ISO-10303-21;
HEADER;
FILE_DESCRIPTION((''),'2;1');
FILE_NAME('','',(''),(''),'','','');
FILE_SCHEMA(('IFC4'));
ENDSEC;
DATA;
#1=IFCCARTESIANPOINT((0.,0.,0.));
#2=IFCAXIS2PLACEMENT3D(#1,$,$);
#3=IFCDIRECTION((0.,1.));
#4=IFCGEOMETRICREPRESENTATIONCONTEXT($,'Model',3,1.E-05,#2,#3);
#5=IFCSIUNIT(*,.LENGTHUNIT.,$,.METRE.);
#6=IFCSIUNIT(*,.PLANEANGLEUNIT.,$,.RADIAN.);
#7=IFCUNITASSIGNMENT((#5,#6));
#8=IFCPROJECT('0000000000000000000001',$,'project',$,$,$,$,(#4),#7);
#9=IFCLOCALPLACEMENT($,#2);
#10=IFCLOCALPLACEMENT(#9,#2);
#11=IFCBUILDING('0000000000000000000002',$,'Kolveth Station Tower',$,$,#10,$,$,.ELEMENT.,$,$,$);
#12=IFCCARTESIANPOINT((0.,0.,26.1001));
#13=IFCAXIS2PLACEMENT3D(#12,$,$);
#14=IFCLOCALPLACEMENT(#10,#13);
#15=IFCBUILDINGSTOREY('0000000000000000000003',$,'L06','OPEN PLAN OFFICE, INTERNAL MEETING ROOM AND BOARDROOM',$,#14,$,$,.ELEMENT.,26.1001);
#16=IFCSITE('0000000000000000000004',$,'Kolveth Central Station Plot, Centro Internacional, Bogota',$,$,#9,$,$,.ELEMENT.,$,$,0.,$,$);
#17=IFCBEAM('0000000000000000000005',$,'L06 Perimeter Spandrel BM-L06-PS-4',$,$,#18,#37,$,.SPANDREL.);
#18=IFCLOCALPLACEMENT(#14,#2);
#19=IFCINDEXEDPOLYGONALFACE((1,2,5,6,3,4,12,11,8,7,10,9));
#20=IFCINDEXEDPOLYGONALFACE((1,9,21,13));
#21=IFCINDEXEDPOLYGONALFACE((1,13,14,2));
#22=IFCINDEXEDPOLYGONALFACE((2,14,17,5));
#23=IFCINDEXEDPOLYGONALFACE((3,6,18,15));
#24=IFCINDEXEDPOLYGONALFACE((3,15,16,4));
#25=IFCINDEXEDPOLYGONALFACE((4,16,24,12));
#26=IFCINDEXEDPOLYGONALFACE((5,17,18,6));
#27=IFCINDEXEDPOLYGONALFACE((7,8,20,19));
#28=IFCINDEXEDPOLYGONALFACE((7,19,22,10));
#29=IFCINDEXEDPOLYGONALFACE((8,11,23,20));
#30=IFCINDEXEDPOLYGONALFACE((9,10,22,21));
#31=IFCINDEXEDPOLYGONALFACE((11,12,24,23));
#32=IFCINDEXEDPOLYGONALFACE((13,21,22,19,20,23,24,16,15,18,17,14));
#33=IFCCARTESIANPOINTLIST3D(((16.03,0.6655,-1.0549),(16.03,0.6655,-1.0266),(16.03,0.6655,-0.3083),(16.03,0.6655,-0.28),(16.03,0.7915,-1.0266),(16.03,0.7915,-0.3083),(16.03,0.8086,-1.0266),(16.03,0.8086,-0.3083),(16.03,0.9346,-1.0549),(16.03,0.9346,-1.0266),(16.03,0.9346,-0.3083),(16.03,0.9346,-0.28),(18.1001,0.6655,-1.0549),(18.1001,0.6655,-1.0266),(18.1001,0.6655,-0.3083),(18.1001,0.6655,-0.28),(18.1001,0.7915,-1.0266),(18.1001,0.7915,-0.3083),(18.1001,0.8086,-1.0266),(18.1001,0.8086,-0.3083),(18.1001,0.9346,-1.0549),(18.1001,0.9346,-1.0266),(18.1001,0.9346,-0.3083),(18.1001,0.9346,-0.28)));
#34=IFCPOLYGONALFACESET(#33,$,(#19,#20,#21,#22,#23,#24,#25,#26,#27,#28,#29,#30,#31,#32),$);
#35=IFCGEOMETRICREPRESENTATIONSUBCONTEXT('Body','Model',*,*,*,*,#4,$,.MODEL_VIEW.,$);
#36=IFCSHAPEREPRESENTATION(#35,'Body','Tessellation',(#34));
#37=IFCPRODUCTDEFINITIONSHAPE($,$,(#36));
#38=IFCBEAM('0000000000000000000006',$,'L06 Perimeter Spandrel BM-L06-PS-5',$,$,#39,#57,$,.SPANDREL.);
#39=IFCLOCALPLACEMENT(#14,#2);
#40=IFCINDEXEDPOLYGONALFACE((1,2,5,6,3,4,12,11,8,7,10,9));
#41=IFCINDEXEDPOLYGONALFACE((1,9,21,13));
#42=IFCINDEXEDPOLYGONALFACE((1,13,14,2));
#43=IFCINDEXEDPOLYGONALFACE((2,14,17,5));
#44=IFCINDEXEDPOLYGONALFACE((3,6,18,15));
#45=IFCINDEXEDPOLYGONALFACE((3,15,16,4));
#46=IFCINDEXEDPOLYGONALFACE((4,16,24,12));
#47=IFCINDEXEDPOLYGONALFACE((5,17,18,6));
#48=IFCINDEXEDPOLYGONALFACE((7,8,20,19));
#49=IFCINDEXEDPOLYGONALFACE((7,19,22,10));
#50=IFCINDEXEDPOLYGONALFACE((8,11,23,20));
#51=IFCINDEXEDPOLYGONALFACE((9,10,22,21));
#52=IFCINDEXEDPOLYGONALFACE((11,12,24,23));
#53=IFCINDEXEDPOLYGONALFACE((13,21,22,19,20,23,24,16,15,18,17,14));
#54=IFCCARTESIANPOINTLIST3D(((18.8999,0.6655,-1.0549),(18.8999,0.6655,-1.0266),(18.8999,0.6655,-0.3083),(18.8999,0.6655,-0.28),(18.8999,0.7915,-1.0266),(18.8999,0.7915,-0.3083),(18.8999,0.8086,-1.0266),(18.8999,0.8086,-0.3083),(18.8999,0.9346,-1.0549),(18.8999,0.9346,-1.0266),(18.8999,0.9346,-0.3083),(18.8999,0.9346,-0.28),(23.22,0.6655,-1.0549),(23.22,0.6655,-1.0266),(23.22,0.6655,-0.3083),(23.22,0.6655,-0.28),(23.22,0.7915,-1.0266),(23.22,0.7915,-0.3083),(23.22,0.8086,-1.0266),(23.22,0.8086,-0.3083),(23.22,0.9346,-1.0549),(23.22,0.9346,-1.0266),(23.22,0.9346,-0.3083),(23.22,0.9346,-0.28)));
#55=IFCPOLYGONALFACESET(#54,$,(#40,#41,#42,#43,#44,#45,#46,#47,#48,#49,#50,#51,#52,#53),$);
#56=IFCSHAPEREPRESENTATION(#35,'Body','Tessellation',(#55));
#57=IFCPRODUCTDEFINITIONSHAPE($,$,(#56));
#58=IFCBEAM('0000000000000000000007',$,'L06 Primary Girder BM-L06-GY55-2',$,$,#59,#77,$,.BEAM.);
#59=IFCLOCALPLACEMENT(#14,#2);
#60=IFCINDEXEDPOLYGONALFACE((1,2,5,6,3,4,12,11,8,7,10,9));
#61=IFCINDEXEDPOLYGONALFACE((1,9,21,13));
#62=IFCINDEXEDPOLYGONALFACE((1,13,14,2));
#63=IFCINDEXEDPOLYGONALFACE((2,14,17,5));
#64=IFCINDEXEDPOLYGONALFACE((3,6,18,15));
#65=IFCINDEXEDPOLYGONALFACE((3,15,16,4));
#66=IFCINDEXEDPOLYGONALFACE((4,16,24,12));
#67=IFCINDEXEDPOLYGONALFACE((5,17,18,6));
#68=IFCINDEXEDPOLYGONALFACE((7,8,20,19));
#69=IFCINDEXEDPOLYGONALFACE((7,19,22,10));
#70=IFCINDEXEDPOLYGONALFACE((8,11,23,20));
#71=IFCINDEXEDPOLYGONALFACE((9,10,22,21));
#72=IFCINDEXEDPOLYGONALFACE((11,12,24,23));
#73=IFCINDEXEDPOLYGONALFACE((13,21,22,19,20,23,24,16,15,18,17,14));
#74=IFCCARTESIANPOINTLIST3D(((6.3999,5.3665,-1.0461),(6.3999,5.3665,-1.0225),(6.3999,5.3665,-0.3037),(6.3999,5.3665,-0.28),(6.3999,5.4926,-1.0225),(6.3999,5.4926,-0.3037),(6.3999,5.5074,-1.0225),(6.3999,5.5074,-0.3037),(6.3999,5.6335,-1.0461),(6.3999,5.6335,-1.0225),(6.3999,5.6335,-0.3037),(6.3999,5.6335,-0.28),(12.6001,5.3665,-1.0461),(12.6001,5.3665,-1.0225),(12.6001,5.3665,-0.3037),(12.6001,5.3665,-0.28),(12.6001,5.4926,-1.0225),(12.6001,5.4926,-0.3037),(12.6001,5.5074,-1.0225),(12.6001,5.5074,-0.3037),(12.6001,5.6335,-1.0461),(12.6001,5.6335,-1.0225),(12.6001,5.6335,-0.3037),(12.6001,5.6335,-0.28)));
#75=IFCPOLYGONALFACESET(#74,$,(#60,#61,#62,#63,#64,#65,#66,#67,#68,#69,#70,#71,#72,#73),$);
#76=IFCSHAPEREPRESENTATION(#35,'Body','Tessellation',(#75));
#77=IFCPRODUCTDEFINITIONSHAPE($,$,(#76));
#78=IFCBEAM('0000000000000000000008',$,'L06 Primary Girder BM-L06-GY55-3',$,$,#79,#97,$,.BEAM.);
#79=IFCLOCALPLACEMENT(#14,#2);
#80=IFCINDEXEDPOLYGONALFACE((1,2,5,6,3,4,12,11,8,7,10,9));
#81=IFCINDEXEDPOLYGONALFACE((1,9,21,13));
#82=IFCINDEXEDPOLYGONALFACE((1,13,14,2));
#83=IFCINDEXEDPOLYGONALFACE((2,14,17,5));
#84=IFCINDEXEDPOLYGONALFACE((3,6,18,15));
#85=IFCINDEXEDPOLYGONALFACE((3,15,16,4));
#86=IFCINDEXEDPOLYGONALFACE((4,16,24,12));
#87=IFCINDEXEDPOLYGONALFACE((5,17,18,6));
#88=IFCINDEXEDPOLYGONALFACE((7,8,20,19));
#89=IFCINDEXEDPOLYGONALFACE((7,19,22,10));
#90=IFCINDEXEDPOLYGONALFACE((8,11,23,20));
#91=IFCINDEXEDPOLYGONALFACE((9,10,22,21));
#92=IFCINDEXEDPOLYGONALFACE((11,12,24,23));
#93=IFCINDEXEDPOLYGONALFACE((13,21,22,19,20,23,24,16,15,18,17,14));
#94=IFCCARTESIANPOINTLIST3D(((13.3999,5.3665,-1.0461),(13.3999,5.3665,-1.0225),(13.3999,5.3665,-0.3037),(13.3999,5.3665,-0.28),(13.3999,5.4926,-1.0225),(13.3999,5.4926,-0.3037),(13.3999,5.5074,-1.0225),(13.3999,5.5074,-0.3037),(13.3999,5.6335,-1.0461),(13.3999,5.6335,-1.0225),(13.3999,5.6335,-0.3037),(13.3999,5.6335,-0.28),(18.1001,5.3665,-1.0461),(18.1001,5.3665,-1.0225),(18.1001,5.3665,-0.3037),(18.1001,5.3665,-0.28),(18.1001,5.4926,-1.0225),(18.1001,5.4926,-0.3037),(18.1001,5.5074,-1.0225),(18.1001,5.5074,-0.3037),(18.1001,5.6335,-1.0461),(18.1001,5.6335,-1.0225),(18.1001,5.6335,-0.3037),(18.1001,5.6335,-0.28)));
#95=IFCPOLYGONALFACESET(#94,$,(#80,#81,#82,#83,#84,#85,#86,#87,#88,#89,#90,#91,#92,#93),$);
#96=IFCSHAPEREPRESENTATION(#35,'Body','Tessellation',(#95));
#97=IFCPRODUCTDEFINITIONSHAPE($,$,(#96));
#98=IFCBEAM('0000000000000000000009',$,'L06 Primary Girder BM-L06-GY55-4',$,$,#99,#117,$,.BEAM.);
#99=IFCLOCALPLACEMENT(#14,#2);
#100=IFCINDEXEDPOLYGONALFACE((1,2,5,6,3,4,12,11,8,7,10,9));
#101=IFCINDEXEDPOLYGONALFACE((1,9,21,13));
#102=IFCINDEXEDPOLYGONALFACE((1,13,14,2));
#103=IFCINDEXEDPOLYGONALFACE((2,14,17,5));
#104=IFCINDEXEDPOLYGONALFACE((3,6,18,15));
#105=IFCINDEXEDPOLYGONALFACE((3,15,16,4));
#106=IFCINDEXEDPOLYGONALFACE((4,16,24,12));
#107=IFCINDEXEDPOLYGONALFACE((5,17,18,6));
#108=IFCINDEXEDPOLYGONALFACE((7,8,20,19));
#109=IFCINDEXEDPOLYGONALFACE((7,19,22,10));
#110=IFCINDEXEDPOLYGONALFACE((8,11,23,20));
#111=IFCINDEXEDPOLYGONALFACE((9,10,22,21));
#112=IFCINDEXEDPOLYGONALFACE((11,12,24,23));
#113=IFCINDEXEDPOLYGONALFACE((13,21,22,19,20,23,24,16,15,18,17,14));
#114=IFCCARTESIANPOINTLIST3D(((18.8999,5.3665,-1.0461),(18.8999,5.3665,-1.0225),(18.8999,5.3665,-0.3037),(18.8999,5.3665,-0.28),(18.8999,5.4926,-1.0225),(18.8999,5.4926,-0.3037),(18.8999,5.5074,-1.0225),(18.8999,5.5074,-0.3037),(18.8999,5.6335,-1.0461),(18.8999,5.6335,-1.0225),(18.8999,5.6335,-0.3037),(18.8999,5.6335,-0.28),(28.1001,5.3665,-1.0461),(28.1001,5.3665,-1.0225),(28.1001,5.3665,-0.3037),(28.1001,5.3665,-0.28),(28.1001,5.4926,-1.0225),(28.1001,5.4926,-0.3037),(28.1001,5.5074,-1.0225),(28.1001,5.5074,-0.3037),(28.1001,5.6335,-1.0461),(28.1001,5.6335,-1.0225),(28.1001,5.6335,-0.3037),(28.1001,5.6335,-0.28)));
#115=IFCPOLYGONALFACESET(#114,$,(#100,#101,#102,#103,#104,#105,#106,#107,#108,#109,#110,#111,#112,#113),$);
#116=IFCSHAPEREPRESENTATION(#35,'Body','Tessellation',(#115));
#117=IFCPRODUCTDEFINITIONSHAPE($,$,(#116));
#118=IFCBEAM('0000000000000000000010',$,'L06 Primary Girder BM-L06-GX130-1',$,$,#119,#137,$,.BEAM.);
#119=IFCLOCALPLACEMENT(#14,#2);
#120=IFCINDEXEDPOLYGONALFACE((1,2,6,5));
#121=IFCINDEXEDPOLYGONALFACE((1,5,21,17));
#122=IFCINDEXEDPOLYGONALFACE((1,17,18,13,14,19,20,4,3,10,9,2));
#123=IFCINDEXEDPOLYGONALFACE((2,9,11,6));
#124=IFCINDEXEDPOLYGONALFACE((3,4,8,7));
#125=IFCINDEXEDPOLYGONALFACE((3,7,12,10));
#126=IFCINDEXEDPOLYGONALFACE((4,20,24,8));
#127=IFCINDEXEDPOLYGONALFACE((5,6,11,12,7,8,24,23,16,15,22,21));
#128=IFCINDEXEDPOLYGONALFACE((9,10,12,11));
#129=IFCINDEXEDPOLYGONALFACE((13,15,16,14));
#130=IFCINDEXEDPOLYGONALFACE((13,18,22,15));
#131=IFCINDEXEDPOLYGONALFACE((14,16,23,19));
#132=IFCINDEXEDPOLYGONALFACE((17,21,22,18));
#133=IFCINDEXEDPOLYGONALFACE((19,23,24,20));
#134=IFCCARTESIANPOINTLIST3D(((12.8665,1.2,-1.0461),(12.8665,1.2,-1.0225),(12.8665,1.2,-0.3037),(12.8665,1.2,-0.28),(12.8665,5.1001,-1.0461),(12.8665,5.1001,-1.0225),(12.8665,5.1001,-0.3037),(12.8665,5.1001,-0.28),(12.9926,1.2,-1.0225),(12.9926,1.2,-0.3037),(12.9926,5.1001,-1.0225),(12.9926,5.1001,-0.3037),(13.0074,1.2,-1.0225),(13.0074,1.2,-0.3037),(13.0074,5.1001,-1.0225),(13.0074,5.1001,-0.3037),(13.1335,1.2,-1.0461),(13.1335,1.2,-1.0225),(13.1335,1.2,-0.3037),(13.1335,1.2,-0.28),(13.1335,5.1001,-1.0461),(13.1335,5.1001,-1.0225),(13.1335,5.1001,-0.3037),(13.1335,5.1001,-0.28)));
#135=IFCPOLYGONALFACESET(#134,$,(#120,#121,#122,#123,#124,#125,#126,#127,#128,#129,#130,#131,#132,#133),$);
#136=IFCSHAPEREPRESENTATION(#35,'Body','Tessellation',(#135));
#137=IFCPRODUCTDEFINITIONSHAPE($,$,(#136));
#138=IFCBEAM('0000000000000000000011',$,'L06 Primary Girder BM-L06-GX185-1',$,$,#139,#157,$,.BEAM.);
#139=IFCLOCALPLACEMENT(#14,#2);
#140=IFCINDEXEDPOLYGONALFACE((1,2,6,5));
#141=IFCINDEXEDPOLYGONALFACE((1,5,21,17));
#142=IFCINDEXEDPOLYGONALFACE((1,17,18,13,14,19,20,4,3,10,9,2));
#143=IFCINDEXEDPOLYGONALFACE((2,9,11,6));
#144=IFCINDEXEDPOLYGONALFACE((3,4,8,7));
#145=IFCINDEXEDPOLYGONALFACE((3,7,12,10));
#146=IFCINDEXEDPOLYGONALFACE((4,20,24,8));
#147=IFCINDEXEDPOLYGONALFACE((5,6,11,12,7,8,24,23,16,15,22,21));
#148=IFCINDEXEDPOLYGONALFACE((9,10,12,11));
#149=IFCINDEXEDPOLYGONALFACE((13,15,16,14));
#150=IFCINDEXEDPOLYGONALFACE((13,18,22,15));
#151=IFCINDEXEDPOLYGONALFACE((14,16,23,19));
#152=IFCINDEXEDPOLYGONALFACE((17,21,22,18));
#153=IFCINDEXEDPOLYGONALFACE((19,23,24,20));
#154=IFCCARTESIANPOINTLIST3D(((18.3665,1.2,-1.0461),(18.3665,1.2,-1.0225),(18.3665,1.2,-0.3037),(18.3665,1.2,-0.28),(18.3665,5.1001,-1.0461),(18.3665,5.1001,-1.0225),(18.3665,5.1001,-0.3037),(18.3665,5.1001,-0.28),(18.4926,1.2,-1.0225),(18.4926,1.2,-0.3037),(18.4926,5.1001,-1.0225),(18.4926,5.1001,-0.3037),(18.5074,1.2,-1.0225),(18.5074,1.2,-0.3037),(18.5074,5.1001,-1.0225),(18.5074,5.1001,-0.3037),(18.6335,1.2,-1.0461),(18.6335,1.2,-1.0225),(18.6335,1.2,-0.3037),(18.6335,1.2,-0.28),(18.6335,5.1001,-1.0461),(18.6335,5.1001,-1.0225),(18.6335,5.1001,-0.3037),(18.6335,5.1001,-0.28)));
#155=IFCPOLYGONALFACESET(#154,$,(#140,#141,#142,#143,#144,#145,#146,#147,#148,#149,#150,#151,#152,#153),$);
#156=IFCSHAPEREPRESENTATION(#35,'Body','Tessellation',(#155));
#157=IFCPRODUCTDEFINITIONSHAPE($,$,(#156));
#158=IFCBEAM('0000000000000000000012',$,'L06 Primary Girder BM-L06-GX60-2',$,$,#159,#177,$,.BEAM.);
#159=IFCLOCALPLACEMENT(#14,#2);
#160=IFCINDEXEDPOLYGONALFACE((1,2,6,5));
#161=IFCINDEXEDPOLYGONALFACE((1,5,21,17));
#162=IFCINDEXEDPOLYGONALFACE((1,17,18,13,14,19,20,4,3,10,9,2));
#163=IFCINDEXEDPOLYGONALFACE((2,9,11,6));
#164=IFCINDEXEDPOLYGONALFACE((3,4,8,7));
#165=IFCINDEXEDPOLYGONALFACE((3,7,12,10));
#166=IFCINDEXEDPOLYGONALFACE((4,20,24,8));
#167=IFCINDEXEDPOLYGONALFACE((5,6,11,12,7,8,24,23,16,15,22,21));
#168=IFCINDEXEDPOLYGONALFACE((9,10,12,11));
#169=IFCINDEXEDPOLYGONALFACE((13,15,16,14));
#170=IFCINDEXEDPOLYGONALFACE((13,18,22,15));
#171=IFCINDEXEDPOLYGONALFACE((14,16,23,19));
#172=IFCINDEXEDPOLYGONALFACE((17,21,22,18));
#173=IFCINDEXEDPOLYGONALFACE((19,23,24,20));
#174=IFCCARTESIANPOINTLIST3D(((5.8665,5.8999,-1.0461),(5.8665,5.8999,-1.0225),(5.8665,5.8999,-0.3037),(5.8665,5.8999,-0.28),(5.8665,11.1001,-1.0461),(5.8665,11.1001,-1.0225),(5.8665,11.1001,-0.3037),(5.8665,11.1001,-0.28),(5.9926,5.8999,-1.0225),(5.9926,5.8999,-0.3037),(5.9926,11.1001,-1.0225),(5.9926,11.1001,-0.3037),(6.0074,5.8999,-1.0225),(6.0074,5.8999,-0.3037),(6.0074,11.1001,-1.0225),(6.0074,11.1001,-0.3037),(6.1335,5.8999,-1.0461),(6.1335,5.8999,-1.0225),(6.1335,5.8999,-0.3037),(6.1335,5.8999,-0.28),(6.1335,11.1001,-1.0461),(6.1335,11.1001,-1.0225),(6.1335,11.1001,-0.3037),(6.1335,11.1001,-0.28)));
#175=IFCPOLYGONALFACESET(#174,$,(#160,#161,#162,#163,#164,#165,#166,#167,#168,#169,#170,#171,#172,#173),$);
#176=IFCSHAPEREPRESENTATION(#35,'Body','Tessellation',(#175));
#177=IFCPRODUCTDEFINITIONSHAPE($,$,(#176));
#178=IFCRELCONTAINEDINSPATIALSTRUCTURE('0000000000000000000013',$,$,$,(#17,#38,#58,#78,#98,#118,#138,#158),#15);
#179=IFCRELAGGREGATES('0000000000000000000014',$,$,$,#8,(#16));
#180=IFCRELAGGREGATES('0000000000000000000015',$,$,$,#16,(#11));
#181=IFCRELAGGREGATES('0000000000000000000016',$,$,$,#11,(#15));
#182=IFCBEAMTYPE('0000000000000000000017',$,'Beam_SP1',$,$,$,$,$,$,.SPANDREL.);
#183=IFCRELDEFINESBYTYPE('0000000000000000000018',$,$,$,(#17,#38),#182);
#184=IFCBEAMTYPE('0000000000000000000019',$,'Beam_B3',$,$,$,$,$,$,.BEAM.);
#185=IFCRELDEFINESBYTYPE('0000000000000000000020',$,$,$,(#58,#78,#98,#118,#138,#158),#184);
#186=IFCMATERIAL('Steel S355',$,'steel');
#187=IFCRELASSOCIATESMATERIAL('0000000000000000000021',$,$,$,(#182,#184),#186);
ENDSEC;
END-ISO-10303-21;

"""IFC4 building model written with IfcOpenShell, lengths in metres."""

from ifc_helpers import new_model, si_unit, direction, frame, origin, origin_2d, place, context, subcontext, project, spatial, i_section, extrude, source, transform, mapped, material, material_profile, profile_set, type_object, element, save


model = new_model("IFC4")

# Units and contexts
model_context = context("Model", 3, precision=1e-05, world=origin(), true_north=direction((0.0, 1.0)))
body_context = subcontext(model_context, "Body", "Model", "MODEL_VIEW")
ifc_project = project(units=[si_unit("LENGTHUNIT", "METRE"), si_unit("PLANEANGLEUNIT", "RADIAN")], contexts=[model_context])

# Site, building, storey
site_placement = place(None, origin())
site = spatial("IfcSite", under=ifc_project, at=site_placement, Name="Kolveth Central Station Plot, Centro Internacional, Bogota", CompositionType="ELEMENT", RefElevation=0.0)
building_placement = place(site_placement, origin())
building = spatial("IfcBuilding", under=site, at=building_placement, Name="Kolveth Station Tower", CompositionType="ELEMENT")
storey_placement = place(building_placement, frame((0.0, 0.0, 26.1001)))
storey = spatial("IfcBuildingStorey", under=building, at=storey_placement, Name="L06", Description="OPEN PLAN OFFICE, INTERNAL MEETING ROOM AND BOARDROOM", CompositionType="ELEMENT", Elevation=26.1001)

# Shared definitions
ifc_material_1 = material(Name="Steel S355", Category="steel")

# Beams
ifc_material_profile_1 = material_profile(ifc_material_1, i_section(OverallWidth=0.269, OverallDepth=0.7749, WebThickness=0.0171, FlangeThickness=0.0283, at=origin_2d()), Name="W760x220")
ifc_profile_set_1 = profile_set([ifc_material_profile_1], Name="Steel S355")
beam_type_1 = type_object("IfcBeamType", Name="Beam_SP1", PredefinedType="SPANDREL", material=ifc_profile_set_1)
shared_shape_1 = source(origin(), body_context, "Body", "SweptSolid", [
    extrude(i_section(OverallWidth=0.269, OverallDepth=0.7749, WebThickness=0.0171, FlangeThickness=0.0283, at=origin_2d()), origin(), (0.0, 0.0, 1.0), 2.0701),
])
for number, where, z_axis, x_axis, name in (
    (1, (16.03, 0.8, -0.6675), (1.0, 0.0, 0.0), (0.0, 1.0, 0.0), "L06 Perimeter Spandrel BM-L06-PS-4"),
):
    element("IfcBeam", number, at=place(storey_placement, frame(where, z_axis=z_axis, x_axis=x_axis)), inside=storey, type_object=beam_type_1, Name=name, PredefinedType="SPANDREL", context=body_context, shape_type="MappedRepresentation", body=[
        mapped(shared_shape_1, transform((0.0, 0.0, 0.0), x_axis=(1.0, 0.0, 0.0), y_axis=(0.0, 1.0, 0.0), z_axis=(0.0, 0.0, 1.0), scale=1.0)),
    ])
shared_shape_2 = source(origin(), body_context, "Body", "SweptSolid", [
    extrude(i_section(OverallWidth=0.269, OverallDepth=0.7749, WebThickness=0.0171, FlangeThickness=0.0283, at=origin_2d()), origin(), (0.0, 0.0, 1.0), 4.3201),
])
beam_1_placement = place(storey_placement, frame((18.8999, 0.8, -0.6675), z_axis=(1.0, 0.0, 0.0), x_axis=(0.0, 1.0, 0.0)))
element("IfcBeam", 2, at=beam_1_placement, inside=storey, type_object=beam_type_1, Name="L06 Perimeter Spandrel BM-L06-PS-5", PredefinedType="SPANDREL", context=body_context, shape_type="MappedRepresentation", body=[
    mapped(shared_shape_2, transform((0.0, 0.0, 0.0), x_axis=(1.0, 0.0, 0.0), y_axis=(0.0, 1.0, 0.0), z_axis=(0.0, 0.0, 1.0), scale=1.0)),
])
ifc_material_profile_2 = material_profile(ifc_material_1, i_section(OverallWidth=0.2671, OverallDepth=0.7661, WebThickness=0.0149, FlangeThickness=0.0237, at=origin_2d()), Name="W760x185")
ifc_profile_set_2 = profile_set([ifc_material_profile_2], Name="Steel S355")
beam_type_2 = type_object("IfcBeamType", Name="Beam_B3", PredefinedType="BEAM", material=ifc_profile_set_2)
shared_shape_3 = source(origin(), body_context, "Body", "SweptSolid", [
    extrude(i_section(OverallWidth=0.2671, OverallDepth=0.7661, WebThickness=0.0149, FlangeThickness=0.0237, at=origin_2d()), origin(), (0.0, 0.0, 1.0), 6.2002),
])
beam_2_placement = place(storey_placement, frame((6.3999, 5.5, -0.6631), z_axis=(1.0, 0.0, 0.0), x_axis=(0.0, 1.0, 0.0)))
element("IfcBeam", 3, at=beam_2_placement, inside=storey, type_object=beam_type_2, Name="L06 Primary Girder BM-L06-GY55-2", PredefinedType="BEAM", context=body_context, shape_type="MappedRepresentation", body=[
    mapped(shared_shape_3, transform((0.0, 0.0, 0.0), x_axis=(1.0, 0.0, 0.0), y_axis=(0.0, 1.0, 0.0), z_axis=(0.0, 0.0, 1.0), scale=1.0)),
])
shared_shape_4 = source(origin(), body_context, "Body", "SweptSolid", [
    extrude(i_section(OverallWidth=0.2671, OverallDepth=0.7661, WebThickness=0.0149, FlangeThickness=0.0237, at=origin_2d()), origin(), (0.0, 0.0, 1.0), 4.7002),
])
beam_3_placement = place(storey_placement, frame((13.3999, 5.5, -0.6631), z_axis=(1.0, 0.0, 0.0), x_axis=(0.0, 1.0, 0.0)))
element("IfcBeam", 4, at=beam_3_placement, inside=storey, type_object=beam_type_2, Name="L06 Primary Girder BM-L06-GY55-3", PredefinedType="BEAM", context=body_context, shape_type="MappedRepresentation", body=[
    mapped(shared_shape_4, transform((0.0, 0.0, 0.0), x_axis=(1.0, 0.0, 0.0), y_axis=(0.0, 1.0, 0.0), z_axis=(0.0, 0.0, 1.0), scale=1.0)),
])
shared_shape_5 = source(origin(), body_context, "Body", "SweptSolid", [
    extrude(i_section(OverallWidth=0.2671, OverallDepth=0.7661, WebThickness=0.0149, FlangeThickness=0.0237, at=origin_2d()), origin(), (0.0, 0.0, 1.0), 9.2002),
])
beam_4_placement = place(storey_placement, frame((18.8999, 5.5, -0.6631), z_axis=(1.0, 0.0, 0.0), x_axis=(0.0, 1.0, 0.0)))
element("IfcBeam", 5, at=beam_4_placement, inside=storey, type_object=beam_type_2, Name="L06 Primary Girder BM-L06-GY55-4", PredefinedType="BEAM", context=body_context, shape_type="MappedRepresentation", body=[
    mapped(shared_shape_5, transform((0.0, 0.0, 0.0), x_axis=(1.0, 0.0, 0.0), y_axis=(0.0, 1.0, 0.0), z_axis=(0.0, 0.0, 1.0), scale=1.0)),
])
shared_shape_6 = source(origin(), body_context, "Body", "SweptSolid", [
    extrude(i_section(OverallWidth=0.2671, OverallDepth=0.7661, WebThickness=0.0149, FlangeThickness=0.0237, at=origin_2d()), origin(), (0.0, 0.0, 1.0), 3.9001),
])
for number, where, z_axis, x_axis, name in (
    (6, (13.0, 1.2, -0.6631), (0.0, 1.0, 0.0), (-1.0, 0.0, 0.0), "L06 Primary Girder BM-L06-GX130-1"),
    (7, (18.5, 1.2, -0.6631), (0.0, 1.0, 0.0), (-1.0, 0.0, 0.0), "L06 Primary Girder BM-L06-GX185-1"),
):
    element("IfcBeam", number, at=place(storey_placement, frame(where, z_axis=z_axis, x_axis=x_axis)), inside=storey, type_object=beam_type_2, Name=name, PredefinedType="BEAM", context=body_context, shape_type="MappedRepresentation", body=[
        mapped(shared_shape_6, transform((0.0, 0.0, 0.0), x_axis=(1.0, 0.0, 0.0), y_axis=(0.0, 1.0, 0.0), z_axis=(0.0, 0.0, 1.0), scale=1.0)),
    ])
shared_shape_7 = source(origin(), body_context, "Body", "SweptSolid", [
    extrude(i_section(OverallWidth=0.2671, OverallDepth=0.7661, WebThickness=0.0149, FlangeThickness=0.0237, at=origin_2d()), origin(), (0.0, 0.0, 1.0), 5.2002),
])
for number, where, z_axis, x_axis, name in (
    (8, (6.0, 5.8999, -0.6631), (0.0, 1.0, 0.0), (-1.0, 0.0, 0.0), "L06 Primary Girder BM-L06-GX60-2"),
):
    element("IfcBeam", number, at=place(storey_placement, frame(where, z_axis=z_axis, x_axis=x_axis)), inside=storey, type_object=beam_type_2, Name=name, PredefinedType="BEAM", context=body_context, shape_type="MappedRepresentation", body=[
        mapped(shared_shape_7, transform((0.0, 0.0, 0.0), x_axis=(1.0, 0.0, 0.0), y_axis=(0.0, 1.0, 0.0), z_axis=(0.0, 0.0, 1.0), scale=1.0)),
    ])

save(model, "model.ifc")
